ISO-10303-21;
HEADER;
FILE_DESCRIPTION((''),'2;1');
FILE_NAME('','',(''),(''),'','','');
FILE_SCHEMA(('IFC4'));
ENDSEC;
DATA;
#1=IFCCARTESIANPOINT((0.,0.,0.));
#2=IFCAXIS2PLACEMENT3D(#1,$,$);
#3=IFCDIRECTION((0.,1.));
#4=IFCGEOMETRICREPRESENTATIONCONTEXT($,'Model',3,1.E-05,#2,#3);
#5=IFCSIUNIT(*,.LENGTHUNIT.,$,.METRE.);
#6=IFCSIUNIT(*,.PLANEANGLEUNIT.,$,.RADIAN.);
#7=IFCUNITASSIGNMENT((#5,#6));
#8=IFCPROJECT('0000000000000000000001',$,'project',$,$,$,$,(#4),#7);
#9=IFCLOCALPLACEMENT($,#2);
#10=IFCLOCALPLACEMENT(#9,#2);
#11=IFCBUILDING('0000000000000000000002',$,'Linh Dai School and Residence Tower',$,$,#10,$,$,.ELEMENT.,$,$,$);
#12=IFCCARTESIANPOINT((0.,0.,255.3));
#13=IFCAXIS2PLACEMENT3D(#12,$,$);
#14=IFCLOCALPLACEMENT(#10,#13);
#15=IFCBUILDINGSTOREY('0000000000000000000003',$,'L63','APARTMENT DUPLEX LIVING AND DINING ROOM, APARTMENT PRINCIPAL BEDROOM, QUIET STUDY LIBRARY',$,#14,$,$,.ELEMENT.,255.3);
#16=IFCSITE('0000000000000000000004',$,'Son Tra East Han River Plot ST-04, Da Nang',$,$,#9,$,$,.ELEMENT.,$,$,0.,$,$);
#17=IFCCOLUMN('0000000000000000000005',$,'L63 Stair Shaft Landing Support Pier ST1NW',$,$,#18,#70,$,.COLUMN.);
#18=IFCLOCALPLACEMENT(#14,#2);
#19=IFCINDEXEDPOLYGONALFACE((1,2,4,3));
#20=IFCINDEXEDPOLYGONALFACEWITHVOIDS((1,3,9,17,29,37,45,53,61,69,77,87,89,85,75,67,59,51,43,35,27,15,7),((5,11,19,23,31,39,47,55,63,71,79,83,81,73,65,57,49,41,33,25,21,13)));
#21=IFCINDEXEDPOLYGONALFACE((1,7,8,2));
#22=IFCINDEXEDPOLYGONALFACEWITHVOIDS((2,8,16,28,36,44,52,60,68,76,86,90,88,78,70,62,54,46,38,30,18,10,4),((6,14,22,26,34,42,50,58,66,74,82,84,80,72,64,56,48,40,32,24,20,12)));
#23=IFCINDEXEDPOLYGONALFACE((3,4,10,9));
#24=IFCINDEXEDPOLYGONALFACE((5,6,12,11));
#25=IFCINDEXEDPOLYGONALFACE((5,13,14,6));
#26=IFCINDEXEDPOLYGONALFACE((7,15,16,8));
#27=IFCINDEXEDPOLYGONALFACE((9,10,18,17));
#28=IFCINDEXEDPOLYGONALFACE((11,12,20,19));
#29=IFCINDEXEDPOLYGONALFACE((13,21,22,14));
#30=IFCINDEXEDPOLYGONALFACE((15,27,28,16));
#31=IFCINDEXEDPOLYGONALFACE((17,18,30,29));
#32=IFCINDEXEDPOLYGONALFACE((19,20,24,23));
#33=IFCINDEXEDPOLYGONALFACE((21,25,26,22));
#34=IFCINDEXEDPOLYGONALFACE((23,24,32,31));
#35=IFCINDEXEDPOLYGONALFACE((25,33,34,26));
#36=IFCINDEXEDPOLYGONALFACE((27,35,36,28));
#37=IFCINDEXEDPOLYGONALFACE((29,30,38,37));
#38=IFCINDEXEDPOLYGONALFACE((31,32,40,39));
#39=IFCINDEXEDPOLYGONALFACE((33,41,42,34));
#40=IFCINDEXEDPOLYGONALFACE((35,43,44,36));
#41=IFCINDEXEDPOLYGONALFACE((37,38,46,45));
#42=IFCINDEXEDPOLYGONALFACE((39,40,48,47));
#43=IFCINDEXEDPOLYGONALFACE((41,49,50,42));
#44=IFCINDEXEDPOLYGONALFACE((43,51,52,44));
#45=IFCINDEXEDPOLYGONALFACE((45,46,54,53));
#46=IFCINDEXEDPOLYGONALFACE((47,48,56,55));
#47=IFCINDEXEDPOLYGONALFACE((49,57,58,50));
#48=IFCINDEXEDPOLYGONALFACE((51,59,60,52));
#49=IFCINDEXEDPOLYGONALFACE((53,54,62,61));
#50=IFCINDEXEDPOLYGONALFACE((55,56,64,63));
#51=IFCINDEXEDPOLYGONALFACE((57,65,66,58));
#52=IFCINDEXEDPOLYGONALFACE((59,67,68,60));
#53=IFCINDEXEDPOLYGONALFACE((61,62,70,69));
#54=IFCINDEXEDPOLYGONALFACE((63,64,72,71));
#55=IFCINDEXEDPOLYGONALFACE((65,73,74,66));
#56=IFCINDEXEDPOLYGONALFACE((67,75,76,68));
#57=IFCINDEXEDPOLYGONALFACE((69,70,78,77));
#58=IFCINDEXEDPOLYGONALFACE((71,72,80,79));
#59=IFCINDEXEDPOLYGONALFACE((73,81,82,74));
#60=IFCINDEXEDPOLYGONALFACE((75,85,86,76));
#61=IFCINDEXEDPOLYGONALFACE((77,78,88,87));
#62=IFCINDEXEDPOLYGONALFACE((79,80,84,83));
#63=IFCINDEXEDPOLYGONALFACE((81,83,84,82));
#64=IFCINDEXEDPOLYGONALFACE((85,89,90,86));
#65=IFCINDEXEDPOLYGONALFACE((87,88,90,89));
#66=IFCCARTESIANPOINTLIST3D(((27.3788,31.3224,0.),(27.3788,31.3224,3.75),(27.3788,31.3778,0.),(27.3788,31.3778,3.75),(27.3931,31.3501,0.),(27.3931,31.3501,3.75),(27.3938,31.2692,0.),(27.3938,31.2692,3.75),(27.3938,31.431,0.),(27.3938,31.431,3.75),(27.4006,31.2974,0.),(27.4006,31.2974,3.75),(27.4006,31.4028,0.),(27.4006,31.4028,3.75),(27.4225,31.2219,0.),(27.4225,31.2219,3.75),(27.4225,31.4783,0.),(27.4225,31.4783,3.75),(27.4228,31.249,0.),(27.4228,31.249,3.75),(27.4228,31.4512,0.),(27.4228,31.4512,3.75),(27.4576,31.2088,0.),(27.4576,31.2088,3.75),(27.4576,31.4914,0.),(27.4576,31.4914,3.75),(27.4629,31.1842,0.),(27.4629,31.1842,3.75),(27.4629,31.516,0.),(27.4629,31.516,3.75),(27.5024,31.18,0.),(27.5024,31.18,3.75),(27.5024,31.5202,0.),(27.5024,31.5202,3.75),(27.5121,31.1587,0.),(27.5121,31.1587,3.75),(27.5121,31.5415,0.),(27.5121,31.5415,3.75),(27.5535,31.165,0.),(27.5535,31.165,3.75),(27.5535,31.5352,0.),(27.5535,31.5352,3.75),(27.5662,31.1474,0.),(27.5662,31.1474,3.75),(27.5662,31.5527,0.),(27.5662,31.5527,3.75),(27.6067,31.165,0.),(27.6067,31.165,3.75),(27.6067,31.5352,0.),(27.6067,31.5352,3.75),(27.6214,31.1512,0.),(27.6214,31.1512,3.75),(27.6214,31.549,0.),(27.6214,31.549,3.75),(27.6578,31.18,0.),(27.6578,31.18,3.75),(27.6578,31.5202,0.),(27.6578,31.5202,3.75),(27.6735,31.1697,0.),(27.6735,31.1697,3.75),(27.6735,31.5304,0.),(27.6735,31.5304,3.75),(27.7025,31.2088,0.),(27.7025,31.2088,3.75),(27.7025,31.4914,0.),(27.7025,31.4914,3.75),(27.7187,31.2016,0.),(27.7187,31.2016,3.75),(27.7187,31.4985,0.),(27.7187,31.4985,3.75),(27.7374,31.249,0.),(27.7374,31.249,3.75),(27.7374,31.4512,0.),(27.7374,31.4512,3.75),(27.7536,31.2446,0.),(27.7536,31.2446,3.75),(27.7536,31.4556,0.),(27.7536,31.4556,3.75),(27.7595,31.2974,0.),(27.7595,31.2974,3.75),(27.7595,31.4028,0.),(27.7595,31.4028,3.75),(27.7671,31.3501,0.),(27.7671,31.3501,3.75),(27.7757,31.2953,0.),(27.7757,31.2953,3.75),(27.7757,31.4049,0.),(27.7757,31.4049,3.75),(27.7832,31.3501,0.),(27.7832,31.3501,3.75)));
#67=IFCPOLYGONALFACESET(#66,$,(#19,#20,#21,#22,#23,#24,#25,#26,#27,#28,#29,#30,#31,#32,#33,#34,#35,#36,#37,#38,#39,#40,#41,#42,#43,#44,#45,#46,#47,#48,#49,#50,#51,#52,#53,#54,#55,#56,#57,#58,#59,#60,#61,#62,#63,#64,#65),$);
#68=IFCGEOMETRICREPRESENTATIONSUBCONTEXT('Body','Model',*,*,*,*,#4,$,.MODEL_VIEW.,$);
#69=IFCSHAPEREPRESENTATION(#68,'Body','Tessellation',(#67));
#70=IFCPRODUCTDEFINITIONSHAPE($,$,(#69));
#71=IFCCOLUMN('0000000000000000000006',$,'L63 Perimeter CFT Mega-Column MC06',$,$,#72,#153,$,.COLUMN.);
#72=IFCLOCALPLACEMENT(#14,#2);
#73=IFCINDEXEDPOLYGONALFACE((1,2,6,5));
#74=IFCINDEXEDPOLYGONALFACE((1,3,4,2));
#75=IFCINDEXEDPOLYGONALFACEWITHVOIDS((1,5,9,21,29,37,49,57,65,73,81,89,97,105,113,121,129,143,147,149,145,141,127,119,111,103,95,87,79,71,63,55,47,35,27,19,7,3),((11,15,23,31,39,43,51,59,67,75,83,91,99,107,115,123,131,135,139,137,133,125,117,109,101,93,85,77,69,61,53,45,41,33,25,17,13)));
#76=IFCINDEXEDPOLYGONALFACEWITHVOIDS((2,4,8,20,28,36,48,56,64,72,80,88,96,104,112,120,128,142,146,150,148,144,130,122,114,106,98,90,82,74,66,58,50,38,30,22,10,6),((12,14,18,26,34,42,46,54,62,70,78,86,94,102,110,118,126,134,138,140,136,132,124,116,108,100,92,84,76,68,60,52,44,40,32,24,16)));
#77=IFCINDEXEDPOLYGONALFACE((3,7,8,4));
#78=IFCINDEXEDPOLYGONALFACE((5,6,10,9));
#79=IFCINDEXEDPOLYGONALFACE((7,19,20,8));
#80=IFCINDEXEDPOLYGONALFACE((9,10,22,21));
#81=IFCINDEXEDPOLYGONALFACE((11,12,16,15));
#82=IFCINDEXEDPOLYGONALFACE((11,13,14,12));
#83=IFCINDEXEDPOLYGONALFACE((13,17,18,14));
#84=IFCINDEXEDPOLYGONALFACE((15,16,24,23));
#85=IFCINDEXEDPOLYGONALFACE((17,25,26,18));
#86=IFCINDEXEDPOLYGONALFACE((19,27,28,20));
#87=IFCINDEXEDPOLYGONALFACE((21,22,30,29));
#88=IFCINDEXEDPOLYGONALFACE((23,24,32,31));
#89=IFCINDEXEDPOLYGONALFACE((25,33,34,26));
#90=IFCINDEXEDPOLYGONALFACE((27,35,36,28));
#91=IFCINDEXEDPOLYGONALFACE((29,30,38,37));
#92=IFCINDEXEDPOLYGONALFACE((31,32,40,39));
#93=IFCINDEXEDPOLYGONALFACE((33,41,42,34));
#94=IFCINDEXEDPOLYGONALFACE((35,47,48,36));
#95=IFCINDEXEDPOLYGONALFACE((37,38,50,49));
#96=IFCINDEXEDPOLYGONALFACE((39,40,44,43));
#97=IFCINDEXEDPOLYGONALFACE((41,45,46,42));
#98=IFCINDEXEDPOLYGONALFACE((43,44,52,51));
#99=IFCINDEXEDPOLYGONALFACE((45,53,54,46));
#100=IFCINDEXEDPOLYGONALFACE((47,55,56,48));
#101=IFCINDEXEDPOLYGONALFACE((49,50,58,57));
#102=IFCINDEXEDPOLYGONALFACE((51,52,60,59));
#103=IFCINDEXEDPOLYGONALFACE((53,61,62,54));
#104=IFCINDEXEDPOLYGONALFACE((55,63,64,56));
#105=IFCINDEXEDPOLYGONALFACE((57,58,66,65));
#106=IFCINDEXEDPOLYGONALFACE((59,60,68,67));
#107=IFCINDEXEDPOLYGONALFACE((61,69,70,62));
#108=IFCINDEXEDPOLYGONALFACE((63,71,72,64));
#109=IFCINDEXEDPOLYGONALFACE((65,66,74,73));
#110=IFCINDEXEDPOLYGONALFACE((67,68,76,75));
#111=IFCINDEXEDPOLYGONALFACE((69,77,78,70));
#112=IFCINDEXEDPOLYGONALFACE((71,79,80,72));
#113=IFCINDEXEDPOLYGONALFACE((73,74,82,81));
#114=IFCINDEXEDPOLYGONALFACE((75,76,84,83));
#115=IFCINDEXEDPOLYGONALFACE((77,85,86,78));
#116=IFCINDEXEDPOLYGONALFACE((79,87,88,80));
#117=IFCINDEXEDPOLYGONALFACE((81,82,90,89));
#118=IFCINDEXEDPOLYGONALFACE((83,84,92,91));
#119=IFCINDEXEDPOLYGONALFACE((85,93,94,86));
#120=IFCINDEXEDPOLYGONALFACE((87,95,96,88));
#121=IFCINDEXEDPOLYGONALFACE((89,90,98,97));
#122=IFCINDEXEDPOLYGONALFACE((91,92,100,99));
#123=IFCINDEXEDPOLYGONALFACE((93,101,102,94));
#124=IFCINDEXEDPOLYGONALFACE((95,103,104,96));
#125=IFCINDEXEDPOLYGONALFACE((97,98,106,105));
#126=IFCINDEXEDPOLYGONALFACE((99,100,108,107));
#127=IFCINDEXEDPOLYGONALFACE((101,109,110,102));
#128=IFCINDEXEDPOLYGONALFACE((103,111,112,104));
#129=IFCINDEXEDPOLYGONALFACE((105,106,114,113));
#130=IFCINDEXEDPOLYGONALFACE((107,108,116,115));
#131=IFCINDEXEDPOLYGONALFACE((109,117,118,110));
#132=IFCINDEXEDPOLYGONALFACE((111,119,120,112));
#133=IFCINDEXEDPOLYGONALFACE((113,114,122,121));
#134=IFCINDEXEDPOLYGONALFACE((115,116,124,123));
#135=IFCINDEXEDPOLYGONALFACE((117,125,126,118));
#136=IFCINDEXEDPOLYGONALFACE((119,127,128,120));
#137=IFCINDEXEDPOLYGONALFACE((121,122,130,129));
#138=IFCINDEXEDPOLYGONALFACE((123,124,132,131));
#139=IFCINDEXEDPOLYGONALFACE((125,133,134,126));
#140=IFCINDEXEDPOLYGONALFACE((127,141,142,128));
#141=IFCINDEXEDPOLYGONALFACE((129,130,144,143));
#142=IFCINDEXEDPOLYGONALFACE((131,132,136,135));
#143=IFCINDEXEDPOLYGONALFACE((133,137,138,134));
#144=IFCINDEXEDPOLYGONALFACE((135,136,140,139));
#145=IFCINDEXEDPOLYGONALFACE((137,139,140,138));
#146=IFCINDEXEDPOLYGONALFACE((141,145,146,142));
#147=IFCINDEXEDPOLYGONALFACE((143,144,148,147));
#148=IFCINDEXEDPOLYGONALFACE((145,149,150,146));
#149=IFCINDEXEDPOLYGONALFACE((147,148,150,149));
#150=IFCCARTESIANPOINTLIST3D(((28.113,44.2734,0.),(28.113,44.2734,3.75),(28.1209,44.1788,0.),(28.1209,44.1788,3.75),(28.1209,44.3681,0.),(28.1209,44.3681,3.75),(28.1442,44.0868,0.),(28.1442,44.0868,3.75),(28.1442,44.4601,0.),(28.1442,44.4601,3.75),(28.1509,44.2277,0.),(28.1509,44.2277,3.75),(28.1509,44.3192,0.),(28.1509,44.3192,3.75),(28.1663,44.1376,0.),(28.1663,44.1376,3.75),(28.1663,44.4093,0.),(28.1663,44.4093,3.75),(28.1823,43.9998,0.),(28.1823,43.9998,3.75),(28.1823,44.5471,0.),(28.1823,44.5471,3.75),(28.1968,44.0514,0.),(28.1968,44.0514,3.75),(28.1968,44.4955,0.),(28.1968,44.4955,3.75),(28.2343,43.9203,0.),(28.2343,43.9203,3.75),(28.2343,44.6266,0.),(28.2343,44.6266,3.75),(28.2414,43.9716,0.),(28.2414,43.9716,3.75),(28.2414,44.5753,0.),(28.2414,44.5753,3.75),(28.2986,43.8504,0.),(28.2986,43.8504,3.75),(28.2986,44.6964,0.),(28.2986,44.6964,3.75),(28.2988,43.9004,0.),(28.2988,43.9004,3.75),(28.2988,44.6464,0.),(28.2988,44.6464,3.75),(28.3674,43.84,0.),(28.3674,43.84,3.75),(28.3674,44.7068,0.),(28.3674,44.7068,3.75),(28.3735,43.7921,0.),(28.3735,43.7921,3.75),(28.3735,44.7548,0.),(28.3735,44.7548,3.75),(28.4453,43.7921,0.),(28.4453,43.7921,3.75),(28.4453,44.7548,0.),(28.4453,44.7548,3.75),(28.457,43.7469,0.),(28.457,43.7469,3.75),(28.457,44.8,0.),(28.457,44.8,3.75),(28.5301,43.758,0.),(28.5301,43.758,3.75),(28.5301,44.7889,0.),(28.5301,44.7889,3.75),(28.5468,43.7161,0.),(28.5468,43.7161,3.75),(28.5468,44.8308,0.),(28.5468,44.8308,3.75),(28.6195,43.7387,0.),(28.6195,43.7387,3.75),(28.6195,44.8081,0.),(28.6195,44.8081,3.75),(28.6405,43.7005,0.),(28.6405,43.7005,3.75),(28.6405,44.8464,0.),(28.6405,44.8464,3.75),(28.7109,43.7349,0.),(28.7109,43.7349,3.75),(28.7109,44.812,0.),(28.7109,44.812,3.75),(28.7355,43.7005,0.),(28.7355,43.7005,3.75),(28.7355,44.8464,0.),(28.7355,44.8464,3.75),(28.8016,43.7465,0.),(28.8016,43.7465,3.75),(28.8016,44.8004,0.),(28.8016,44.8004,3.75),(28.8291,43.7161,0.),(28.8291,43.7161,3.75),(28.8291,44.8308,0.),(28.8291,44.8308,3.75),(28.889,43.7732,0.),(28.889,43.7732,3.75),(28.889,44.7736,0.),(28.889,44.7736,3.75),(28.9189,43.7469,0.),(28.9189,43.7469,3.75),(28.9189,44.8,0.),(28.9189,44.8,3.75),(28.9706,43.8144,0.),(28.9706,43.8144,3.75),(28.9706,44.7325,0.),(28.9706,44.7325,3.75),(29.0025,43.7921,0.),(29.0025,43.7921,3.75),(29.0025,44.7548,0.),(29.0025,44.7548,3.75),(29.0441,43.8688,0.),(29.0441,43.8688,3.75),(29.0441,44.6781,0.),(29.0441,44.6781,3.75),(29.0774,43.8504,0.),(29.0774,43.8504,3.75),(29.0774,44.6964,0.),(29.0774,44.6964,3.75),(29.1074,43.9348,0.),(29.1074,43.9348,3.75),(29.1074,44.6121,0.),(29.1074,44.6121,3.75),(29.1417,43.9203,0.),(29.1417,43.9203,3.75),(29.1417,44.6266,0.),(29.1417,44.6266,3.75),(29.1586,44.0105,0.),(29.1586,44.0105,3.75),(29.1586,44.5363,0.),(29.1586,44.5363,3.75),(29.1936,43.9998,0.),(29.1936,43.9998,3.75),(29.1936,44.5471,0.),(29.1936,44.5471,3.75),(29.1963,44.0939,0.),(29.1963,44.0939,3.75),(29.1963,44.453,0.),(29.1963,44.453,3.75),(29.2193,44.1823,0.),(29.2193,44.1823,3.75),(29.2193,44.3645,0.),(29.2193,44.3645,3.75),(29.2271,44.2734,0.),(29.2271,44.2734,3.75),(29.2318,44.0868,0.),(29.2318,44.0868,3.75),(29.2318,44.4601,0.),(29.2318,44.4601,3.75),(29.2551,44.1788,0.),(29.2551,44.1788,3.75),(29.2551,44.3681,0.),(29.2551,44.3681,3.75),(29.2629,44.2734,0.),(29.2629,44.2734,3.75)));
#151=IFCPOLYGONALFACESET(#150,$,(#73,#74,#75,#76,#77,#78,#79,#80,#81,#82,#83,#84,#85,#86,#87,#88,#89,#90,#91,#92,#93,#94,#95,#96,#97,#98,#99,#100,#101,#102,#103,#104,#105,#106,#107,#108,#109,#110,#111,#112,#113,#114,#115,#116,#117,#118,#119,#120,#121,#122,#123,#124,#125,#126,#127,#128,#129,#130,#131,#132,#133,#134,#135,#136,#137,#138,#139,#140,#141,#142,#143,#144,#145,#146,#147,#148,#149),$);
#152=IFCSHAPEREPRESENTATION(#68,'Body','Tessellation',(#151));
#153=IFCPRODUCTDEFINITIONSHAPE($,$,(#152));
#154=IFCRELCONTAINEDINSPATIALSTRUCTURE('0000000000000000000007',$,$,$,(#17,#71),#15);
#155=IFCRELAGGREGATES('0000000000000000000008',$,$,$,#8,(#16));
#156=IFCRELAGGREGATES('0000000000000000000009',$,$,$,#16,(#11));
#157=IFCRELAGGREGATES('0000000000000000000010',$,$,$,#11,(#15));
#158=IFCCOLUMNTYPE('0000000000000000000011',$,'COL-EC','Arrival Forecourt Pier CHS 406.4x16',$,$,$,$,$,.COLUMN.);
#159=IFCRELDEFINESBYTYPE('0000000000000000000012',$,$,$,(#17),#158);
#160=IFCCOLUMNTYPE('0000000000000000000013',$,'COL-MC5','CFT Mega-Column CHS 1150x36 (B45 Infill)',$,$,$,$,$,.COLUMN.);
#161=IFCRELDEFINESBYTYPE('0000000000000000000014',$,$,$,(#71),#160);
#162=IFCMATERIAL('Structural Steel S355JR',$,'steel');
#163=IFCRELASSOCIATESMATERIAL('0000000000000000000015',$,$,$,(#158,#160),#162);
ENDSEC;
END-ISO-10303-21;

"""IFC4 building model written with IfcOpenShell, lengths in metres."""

from ifc_helpers import new_model, si_unit, direction, frame, origin, origin_2d, place, context, subcontext, project, spatial, hollow_circle, extrude, material, material_profile, profile_set, type_object, element, save


model = new_model("IFC4")

# Units and contexts
model_context = context("Model", 3, precision=1e-05, world=origin(), true_north=direction((0.0, 1.0)))
body_context = subcontext(model_context, "Body", "Model", "MODEL_VIEW")
ifc_project = project(units=[si_unit("LENGTHUNIT", "METRE"), si_unit("PLANEANGLEUNIT", "RADIAN")], contexts=[model_context])

# Site, building, storey
site_placement = place(None, origin())
site = spatial("IfcSite", under=ifc_project, at=site_placement, Name="Son Tra East Han River Plot ST-04, Da Nang", CompositionType="ELEMENT", RefElevation=0.0)
building_placement = place(site_placement, origin())
building = spatial("IfcBuilding", under=site, at=building_placement, Name="Linh Dai School and Residence Tower", CompositionType="ELEMENT")
storey_placement = place(building_placement, frame((0.0, 0.0, 255.3)))
storey = spatial("IfcBuildingStorey", under=building, at=storey_placement, Name="L63", Description="APARTMENT DUPLEX LIVING AND DINING ROOM, APARTMENT PRINCIPAL BEDROOM, QUIET STUDY LIBRARY", CompositionType="ELEMENT", Elevation=255.3)

# Columns
ifc_material_1 = material(Name="Structural Steel S355JR", Category="steel")
ifc_material_profile_1 = material_profile(ifc_material_1, hollow_circle(Radius=0.2031, WallThickness=0.0161, at=origin_2d()), Name="CHS 406.4x16")
ifc_profile_set_1 = profile_set([ifc_material_profile_1], Name="Structural Steel S355JR")
column_type_1 = type_object("IfcColumnType", Name="COL-EC", Description="Arrival Forecourt Pier CHS 406.4x16", PredefinedType="COLUMN", material=ifc_profile_set_1)
column_1_placement = place(storey_placement, frame((27.5801, 31.3501, 0.0), z_axis=(0.0, 0.0, 1.0), x_axis=(1.0, 0.0, 0.0)))
element("IfcColumn", 1, at=column_1_placement, inside=storey, type_object=column_type_1, Name="L63 Stair Shaft Landing Support Pier ST1NW", PredefinedType="COLUMN", context=body_context, shape_type="SweptSolid", body=[
    extrude(hollow_circle(Radius=0.2031, WallThickness=0.0161, at=origin_2d()), origin(), (0.0, 0.0, 1.0), 3.75),
])
ifc_material_profile_2 = material_profile(ifc_material_1, hollow_circle(Radius=0.575, WallThickness=0.0359, at=origin_2d()), Name="CHS 1150x36")
ifc_profile_set_2 = profile_set([ifc_material_profile_2], Name="Structural Steel S355JR")
column_type_2 = type_object("IfcColumnType", Name="COL-MC5", Description="CFT Mega-Column CHS 1150x36 (B45 Infill)", PredefinedType="COLUMN", material=ifc_profile_set_2)
column_2_placement = place(storey_placement, frame((28.688, 44.2734, 0.0), z_axis=(0.0, 0.0, 1.0), x_axis=(1.0, 0.0, 0.0)))
element("IfcColumn", 2, at=column_2_placement, inside=storey, type_object=column_type_2, Name="L63 Perimeter CFT Mega-Column MC06", PredefinedType="COLUMN", context=body_context, shape_type="SweptSolid", body=[
    extrude(hollow_circle(Radius=0.575, WallThickness=0.0359, at=origin_2d()), origin(), (0.0, 0.0, 1.0), 3.75),
])

save(model, "model.ifc")
